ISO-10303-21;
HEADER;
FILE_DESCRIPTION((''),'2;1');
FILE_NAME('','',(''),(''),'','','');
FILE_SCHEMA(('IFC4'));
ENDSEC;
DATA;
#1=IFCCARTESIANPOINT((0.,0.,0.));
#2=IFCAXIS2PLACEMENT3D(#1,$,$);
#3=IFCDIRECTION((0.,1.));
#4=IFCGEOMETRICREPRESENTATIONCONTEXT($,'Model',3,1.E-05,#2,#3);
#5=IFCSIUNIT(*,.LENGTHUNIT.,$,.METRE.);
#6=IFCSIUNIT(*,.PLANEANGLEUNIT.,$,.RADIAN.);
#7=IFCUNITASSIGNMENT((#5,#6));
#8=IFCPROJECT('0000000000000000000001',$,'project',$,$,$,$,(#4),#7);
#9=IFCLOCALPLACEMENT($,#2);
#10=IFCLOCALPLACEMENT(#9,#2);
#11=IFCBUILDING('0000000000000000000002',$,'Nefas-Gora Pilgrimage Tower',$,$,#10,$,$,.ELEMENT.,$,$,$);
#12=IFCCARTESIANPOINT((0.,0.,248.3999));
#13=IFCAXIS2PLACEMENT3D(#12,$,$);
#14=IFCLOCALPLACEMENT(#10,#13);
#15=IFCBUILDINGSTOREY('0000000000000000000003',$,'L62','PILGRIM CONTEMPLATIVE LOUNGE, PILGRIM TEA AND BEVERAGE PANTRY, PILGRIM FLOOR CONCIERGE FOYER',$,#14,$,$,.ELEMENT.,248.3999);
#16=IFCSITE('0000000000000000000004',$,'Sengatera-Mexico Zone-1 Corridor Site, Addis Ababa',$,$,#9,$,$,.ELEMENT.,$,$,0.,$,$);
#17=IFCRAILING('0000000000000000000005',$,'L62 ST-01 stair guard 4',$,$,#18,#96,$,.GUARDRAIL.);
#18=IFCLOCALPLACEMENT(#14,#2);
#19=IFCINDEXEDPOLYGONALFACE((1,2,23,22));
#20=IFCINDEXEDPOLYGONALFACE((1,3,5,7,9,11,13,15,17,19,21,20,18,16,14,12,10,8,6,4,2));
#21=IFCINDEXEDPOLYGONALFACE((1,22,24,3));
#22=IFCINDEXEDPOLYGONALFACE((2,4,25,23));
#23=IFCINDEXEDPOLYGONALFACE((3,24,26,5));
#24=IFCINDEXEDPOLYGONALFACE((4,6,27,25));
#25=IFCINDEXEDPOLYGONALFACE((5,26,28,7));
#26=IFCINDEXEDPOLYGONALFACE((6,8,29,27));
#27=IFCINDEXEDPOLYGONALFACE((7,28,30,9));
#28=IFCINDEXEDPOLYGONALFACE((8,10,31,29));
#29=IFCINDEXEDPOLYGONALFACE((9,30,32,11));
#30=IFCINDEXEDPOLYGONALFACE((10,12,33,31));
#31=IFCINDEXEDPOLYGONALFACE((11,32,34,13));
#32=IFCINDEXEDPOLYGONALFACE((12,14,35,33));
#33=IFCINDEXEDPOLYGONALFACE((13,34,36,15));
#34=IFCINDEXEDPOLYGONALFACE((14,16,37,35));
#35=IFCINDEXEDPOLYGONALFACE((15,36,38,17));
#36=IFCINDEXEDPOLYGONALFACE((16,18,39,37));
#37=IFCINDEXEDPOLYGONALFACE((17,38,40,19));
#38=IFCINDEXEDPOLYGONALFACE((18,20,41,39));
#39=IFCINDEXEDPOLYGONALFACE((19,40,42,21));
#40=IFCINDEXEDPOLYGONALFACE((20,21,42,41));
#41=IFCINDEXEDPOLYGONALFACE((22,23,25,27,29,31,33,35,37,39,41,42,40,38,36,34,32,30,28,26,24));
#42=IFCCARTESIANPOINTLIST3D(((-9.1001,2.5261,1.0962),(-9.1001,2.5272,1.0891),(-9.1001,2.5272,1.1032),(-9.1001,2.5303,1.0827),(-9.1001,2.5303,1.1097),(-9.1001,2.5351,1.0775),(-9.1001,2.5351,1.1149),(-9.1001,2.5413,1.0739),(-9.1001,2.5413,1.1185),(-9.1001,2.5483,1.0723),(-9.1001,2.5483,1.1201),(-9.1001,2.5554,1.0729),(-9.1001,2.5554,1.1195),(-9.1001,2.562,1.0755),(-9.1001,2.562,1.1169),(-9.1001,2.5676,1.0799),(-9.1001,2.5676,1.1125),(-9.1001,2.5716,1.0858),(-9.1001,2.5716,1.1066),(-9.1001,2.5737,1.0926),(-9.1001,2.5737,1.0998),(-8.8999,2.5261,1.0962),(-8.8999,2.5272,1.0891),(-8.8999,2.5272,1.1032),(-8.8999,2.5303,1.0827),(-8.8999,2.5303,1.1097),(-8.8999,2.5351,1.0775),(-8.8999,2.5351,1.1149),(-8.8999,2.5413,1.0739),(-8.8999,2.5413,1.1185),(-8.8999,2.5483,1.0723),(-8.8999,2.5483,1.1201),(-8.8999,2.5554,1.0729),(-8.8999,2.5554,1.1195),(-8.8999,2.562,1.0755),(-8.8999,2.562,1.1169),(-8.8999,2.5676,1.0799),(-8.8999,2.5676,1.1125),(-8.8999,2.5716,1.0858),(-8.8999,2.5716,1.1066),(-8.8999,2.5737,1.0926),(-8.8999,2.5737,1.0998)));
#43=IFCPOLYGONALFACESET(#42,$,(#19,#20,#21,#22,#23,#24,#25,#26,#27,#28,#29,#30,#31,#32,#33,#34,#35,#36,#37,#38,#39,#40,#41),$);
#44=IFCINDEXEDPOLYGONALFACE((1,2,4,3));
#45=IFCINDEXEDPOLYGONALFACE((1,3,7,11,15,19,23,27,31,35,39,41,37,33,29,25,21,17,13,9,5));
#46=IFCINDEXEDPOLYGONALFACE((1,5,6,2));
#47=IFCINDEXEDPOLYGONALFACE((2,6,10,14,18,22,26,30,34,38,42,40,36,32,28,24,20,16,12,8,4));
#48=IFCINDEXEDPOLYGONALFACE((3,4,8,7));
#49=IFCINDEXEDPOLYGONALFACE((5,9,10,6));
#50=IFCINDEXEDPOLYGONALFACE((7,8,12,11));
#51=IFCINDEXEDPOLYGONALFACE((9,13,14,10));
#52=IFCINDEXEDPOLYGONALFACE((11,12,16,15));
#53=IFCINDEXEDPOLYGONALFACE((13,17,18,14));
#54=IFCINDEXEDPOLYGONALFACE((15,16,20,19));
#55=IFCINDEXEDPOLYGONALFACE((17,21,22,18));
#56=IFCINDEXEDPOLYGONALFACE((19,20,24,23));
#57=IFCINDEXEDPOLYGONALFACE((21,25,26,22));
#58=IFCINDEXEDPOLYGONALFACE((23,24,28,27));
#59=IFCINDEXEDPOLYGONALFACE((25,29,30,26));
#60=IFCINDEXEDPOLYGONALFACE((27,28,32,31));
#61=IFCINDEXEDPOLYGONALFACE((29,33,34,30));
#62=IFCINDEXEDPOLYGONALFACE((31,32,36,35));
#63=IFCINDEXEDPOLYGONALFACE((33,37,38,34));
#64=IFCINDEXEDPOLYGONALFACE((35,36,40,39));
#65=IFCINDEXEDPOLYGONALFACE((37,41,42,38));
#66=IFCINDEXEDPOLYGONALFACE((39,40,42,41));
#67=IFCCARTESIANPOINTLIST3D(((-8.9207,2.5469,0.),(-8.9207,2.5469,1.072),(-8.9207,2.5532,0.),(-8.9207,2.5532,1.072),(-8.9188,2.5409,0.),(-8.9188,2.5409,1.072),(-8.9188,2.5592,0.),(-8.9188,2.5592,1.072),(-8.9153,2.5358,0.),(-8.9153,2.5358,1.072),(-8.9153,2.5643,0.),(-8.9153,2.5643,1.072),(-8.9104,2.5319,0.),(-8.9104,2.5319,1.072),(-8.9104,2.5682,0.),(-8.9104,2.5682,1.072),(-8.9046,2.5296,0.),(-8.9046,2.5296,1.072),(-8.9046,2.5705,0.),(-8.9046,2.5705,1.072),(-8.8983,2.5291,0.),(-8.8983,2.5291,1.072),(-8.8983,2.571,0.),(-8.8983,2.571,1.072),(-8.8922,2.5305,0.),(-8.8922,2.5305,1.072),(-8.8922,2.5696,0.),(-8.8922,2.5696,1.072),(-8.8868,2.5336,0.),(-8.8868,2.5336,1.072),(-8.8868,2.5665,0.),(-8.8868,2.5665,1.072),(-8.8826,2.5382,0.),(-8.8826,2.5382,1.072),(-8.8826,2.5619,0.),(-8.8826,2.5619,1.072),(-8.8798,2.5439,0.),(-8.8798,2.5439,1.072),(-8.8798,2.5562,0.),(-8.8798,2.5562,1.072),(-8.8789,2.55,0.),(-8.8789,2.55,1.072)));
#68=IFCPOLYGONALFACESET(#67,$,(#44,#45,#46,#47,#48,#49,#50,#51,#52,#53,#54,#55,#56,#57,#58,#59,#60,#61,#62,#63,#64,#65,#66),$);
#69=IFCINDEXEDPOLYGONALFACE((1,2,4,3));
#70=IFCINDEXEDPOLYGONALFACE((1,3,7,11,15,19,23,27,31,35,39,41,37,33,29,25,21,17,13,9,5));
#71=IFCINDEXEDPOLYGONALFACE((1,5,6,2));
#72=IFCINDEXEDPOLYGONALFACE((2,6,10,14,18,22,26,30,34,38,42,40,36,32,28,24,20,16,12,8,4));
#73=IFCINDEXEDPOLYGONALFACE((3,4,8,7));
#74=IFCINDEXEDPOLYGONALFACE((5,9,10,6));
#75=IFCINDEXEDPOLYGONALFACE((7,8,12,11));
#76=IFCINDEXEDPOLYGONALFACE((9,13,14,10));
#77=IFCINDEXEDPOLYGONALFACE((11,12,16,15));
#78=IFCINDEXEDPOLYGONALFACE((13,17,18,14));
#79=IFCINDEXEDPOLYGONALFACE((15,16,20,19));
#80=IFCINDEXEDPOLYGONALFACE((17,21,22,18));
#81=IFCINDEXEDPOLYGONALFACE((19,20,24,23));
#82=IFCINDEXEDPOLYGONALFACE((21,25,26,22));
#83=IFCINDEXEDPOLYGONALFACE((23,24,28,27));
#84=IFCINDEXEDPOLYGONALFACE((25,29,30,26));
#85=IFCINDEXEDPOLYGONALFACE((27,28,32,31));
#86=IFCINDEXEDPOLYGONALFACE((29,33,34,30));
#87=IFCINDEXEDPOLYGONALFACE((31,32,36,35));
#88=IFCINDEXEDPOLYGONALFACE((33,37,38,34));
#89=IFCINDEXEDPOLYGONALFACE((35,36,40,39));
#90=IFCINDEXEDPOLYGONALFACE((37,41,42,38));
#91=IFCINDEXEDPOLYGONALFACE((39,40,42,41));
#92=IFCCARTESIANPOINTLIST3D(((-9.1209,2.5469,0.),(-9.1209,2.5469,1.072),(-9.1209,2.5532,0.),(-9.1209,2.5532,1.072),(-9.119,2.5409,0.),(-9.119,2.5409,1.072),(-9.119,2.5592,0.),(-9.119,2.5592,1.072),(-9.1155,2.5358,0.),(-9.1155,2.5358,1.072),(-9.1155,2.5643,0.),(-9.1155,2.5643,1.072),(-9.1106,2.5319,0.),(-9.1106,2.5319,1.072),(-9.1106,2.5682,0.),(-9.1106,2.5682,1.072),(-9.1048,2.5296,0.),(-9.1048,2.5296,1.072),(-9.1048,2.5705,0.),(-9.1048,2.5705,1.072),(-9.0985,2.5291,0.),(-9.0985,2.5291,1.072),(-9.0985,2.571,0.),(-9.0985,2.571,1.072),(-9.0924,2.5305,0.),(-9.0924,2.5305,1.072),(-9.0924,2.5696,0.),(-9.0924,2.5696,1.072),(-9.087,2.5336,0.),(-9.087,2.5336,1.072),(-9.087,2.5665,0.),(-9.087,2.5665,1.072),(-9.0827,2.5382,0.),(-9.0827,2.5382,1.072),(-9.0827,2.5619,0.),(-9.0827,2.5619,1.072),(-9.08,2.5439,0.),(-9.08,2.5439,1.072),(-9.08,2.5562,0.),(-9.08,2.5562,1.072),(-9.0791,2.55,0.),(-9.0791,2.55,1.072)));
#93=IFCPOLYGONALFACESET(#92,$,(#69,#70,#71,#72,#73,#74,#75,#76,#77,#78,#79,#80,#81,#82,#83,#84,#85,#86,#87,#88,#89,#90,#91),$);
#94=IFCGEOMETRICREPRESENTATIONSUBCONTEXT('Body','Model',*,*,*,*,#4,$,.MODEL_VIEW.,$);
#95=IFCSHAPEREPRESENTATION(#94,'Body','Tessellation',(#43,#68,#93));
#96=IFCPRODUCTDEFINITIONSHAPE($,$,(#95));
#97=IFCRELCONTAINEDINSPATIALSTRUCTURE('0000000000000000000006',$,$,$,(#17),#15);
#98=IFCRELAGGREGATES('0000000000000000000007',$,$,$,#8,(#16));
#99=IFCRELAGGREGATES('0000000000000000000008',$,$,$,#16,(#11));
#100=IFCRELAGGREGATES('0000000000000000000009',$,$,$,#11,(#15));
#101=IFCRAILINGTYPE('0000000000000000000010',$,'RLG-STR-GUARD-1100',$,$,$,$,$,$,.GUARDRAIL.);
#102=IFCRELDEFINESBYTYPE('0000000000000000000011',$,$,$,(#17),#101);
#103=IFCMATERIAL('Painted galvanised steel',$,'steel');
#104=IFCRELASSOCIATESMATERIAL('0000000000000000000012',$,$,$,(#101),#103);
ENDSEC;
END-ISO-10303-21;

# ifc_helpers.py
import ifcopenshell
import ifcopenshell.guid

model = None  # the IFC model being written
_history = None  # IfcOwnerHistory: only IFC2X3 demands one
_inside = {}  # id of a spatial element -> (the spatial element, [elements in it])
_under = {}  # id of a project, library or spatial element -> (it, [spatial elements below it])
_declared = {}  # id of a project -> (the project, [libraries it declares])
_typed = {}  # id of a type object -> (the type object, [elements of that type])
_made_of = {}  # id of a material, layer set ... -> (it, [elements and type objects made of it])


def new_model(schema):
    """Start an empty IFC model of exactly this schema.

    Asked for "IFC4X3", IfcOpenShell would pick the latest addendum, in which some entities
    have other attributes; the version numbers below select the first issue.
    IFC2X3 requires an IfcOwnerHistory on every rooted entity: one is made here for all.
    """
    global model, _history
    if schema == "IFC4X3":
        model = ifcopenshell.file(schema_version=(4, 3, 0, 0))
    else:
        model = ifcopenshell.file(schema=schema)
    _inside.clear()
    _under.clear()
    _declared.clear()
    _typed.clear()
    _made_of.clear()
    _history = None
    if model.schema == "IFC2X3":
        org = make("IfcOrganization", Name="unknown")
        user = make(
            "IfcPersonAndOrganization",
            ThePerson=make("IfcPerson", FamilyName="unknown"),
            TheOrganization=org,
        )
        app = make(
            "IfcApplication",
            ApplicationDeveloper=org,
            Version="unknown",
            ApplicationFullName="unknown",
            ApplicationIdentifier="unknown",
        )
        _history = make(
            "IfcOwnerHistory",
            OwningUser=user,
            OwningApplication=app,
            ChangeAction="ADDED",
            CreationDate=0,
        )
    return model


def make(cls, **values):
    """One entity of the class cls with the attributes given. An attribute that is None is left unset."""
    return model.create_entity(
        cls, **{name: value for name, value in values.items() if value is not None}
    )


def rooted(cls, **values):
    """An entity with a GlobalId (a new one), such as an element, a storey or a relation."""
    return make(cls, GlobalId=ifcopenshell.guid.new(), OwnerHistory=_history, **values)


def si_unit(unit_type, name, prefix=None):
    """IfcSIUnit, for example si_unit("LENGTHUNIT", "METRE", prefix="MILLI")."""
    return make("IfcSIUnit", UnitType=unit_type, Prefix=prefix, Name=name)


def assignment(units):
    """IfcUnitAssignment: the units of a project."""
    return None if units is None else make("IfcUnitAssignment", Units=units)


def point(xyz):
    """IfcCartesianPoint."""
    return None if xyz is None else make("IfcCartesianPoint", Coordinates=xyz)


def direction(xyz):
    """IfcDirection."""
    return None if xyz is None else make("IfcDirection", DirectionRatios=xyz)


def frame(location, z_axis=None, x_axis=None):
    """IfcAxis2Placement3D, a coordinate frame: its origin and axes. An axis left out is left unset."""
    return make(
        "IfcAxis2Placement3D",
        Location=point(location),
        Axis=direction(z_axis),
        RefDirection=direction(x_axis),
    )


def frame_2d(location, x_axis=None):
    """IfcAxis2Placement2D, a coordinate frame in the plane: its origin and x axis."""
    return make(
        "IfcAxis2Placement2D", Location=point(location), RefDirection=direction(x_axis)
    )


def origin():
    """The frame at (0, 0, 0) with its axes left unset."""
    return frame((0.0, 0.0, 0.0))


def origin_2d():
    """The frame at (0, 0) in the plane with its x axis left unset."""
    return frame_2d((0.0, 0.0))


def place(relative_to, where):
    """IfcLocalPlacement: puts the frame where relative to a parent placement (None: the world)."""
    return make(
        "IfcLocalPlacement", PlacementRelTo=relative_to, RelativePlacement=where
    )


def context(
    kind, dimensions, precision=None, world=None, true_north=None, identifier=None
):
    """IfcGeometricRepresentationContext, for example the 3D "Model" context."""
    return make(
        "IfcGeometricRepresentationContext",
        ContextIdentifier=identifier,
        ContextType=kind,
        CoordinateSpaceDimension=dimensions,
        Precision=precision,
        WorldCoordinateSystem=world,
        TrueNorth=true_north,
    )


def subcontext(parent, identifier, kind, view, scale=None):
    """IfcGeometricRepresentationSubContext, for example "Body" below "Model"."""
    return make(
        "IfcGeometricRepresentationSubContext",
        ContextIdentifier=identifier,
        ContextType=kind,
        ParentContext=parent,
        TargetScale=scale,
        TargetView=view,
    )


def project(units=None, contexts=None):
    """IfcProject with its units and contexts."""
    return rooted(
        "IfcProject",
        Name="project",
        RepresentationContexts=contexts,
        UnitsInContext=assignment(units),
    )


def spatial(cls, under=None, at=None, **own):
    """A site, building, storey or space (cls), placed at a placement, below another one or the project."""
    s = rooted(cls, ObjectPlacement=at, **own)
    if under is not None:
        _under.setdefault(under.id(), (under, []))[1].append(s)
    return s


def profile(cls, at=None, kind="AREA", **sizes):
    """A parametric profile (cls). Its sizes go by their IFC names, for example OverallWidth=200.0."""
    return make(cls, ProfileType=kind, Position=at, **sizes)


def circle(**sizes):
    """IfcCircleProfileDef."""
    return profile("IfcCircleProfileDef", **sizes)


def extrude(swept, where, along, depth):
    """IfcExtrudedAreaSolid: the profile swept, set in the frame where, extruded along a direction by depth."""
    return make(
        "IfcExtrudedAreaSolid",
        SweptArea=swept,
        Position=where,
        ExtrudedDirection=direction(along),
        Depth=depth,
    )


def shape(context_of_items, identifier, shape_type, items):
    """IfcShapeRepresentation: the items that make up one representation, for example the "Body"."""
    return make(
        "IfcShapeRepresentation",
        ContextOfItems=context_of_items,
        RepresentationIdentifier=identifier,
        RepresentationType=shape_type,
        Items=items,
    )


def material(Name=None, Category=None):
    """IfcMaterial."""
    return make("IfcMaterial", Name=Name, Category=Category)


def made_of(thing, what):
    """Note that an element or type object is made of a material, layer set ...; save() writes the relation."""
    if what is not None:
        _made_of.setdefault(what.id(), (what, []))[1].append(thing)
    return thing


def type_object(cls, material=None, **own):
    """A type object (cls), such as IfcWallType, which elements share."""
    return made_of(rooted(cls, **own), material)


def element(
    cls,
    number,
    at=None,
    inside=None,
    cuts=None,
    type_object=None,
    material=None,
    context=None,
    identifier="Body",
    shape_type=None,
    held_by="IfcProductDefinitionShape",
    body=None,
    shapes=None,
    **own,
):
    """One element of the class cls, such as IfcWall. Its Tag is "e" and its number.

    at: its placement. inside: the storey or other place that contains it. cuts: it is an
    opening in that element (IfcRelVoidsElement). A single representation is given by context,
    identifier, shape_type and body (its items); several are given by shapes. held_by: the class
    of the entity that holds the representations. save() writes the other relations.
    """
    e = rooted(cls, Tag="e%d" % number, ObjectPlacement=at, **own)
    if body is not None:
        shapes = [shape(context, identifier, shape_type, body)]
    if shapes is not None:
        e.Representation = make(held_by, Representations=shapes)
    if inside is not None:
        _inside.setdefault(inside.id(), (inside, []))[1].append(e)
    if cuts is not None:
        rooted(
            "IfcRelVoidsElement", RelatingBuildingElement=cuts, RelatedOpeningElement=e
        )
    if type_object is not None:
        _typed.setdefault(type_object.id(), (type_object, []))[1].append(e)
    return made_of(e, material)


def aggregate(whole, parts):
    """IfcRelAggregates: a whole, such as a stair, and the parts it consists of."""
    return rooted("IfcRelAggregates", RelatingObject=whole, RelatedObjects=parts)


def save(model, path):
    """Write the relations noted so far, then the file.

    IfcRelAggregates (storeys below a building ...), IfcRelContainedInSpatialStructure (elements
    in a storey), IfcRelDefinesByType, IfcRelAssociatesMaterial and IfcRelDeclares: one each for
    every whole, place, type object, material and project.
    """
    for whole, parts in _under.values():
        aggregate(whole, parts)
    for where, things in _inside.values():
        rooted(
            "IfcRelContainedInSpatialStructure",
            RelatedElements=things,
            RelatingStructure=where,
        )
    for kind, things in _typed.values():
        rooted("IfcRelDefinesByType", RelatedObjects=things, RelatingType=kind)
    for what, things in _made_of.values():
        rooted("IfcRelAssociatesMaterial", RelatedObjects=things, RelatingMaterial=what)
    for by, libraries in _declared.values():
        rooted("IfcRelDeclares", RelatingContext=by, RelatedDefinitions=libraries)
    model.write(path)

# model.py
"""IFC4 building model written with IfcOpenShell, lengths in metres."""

from ifc_helpers import new_model, si_unit, direction, frame, origin, origin_2d, place, context, subcontext, project, spatial, circle, extrude, material, type_object, element, save


model = new_model("IFC4")

# Units and contexts
model_context = context("Model", 3, precision=1e-05, world=origin(), true_north=direction((0.0, 1.0)))
body_context = subcontext(model_context, "Body", "Model", "MODEL_VIEW")
ifc_project = project(units=[si_unit("LENGTHUNIT", "METRE"), si_unit("PLANEANGLEUNIT", "RADIAN")], contexts=[model_context])

# Site, building, storey
site_placement = place(None, origin())
site = spatial("IfcSite", under=ifc_project, at=site_placement, Name="Sengatera-Mexico Zone-1 Corridor Site, Addis Ababa", CompositionType="ELEMENT", RefElevation=0.0)
building_placement = place(site_placement, origin())
building = spatial("IfcBuilding", under=site, at=building_placement, Name="Nefas-Gora Pilgrimage Tower", CompositionType="ELEMENT")
storey_placement = place(building_placement, frame((0.0, 0.0, 248.3999)))
storey = spatial("IfcBuildingStorey", under=building, at=storey_placement, Name="L62", Description="PILGRIM CONTEMPLATIVE LOUNGE, PILGRIM TEA AND BEVERAGE PANTRY, PILGRIM FLOOR CONCIERGE FOYER", CompositionType="ELEMENT", Elevation=248.3999)

# Railing
ifc_material_1 = material(Name="Painted galvanised steel", Category="steel")
railing_type_1 = type_object("IfcRailingType", Name="RLG-STR-GUARD-1100", PredefinedType="GUARDRAIL", material=ifc_material_1)
railing_1_placement = place(storey_placement, frame((-8.8999, 2.55, 0.0)))
element("IfcRailing", 1, at=railing_1_placement, inside=storey, type_object=railing_type_1, Name="L62 ST-01 stair guard 4", PredefinedType="GUARDRAIL", context=body_context, shape_type="SweptSolid", body=[
    extrude(circle(Radius=0.0239, at=origin_2d()), frame((0.0, 0.0, 1.0962), z_axis=(-1.0, 0.0, 0.0), x_axis=(0.0, -1.0, 0.0)), (0.0, 0.0, 1.0), 0.2002),
    extrude(circle(Radius=0.021, at=origin_2d()), origin(), (0.0, 0.0, 1.0), 1.072),
    extrude(circle(Radius=0.021, at=origin_2d()), frame((-0.2002, 0.0, 0.0)), (0.0, 0.0, 1.0), 1.072),
])

save(model, "model.ifc")
